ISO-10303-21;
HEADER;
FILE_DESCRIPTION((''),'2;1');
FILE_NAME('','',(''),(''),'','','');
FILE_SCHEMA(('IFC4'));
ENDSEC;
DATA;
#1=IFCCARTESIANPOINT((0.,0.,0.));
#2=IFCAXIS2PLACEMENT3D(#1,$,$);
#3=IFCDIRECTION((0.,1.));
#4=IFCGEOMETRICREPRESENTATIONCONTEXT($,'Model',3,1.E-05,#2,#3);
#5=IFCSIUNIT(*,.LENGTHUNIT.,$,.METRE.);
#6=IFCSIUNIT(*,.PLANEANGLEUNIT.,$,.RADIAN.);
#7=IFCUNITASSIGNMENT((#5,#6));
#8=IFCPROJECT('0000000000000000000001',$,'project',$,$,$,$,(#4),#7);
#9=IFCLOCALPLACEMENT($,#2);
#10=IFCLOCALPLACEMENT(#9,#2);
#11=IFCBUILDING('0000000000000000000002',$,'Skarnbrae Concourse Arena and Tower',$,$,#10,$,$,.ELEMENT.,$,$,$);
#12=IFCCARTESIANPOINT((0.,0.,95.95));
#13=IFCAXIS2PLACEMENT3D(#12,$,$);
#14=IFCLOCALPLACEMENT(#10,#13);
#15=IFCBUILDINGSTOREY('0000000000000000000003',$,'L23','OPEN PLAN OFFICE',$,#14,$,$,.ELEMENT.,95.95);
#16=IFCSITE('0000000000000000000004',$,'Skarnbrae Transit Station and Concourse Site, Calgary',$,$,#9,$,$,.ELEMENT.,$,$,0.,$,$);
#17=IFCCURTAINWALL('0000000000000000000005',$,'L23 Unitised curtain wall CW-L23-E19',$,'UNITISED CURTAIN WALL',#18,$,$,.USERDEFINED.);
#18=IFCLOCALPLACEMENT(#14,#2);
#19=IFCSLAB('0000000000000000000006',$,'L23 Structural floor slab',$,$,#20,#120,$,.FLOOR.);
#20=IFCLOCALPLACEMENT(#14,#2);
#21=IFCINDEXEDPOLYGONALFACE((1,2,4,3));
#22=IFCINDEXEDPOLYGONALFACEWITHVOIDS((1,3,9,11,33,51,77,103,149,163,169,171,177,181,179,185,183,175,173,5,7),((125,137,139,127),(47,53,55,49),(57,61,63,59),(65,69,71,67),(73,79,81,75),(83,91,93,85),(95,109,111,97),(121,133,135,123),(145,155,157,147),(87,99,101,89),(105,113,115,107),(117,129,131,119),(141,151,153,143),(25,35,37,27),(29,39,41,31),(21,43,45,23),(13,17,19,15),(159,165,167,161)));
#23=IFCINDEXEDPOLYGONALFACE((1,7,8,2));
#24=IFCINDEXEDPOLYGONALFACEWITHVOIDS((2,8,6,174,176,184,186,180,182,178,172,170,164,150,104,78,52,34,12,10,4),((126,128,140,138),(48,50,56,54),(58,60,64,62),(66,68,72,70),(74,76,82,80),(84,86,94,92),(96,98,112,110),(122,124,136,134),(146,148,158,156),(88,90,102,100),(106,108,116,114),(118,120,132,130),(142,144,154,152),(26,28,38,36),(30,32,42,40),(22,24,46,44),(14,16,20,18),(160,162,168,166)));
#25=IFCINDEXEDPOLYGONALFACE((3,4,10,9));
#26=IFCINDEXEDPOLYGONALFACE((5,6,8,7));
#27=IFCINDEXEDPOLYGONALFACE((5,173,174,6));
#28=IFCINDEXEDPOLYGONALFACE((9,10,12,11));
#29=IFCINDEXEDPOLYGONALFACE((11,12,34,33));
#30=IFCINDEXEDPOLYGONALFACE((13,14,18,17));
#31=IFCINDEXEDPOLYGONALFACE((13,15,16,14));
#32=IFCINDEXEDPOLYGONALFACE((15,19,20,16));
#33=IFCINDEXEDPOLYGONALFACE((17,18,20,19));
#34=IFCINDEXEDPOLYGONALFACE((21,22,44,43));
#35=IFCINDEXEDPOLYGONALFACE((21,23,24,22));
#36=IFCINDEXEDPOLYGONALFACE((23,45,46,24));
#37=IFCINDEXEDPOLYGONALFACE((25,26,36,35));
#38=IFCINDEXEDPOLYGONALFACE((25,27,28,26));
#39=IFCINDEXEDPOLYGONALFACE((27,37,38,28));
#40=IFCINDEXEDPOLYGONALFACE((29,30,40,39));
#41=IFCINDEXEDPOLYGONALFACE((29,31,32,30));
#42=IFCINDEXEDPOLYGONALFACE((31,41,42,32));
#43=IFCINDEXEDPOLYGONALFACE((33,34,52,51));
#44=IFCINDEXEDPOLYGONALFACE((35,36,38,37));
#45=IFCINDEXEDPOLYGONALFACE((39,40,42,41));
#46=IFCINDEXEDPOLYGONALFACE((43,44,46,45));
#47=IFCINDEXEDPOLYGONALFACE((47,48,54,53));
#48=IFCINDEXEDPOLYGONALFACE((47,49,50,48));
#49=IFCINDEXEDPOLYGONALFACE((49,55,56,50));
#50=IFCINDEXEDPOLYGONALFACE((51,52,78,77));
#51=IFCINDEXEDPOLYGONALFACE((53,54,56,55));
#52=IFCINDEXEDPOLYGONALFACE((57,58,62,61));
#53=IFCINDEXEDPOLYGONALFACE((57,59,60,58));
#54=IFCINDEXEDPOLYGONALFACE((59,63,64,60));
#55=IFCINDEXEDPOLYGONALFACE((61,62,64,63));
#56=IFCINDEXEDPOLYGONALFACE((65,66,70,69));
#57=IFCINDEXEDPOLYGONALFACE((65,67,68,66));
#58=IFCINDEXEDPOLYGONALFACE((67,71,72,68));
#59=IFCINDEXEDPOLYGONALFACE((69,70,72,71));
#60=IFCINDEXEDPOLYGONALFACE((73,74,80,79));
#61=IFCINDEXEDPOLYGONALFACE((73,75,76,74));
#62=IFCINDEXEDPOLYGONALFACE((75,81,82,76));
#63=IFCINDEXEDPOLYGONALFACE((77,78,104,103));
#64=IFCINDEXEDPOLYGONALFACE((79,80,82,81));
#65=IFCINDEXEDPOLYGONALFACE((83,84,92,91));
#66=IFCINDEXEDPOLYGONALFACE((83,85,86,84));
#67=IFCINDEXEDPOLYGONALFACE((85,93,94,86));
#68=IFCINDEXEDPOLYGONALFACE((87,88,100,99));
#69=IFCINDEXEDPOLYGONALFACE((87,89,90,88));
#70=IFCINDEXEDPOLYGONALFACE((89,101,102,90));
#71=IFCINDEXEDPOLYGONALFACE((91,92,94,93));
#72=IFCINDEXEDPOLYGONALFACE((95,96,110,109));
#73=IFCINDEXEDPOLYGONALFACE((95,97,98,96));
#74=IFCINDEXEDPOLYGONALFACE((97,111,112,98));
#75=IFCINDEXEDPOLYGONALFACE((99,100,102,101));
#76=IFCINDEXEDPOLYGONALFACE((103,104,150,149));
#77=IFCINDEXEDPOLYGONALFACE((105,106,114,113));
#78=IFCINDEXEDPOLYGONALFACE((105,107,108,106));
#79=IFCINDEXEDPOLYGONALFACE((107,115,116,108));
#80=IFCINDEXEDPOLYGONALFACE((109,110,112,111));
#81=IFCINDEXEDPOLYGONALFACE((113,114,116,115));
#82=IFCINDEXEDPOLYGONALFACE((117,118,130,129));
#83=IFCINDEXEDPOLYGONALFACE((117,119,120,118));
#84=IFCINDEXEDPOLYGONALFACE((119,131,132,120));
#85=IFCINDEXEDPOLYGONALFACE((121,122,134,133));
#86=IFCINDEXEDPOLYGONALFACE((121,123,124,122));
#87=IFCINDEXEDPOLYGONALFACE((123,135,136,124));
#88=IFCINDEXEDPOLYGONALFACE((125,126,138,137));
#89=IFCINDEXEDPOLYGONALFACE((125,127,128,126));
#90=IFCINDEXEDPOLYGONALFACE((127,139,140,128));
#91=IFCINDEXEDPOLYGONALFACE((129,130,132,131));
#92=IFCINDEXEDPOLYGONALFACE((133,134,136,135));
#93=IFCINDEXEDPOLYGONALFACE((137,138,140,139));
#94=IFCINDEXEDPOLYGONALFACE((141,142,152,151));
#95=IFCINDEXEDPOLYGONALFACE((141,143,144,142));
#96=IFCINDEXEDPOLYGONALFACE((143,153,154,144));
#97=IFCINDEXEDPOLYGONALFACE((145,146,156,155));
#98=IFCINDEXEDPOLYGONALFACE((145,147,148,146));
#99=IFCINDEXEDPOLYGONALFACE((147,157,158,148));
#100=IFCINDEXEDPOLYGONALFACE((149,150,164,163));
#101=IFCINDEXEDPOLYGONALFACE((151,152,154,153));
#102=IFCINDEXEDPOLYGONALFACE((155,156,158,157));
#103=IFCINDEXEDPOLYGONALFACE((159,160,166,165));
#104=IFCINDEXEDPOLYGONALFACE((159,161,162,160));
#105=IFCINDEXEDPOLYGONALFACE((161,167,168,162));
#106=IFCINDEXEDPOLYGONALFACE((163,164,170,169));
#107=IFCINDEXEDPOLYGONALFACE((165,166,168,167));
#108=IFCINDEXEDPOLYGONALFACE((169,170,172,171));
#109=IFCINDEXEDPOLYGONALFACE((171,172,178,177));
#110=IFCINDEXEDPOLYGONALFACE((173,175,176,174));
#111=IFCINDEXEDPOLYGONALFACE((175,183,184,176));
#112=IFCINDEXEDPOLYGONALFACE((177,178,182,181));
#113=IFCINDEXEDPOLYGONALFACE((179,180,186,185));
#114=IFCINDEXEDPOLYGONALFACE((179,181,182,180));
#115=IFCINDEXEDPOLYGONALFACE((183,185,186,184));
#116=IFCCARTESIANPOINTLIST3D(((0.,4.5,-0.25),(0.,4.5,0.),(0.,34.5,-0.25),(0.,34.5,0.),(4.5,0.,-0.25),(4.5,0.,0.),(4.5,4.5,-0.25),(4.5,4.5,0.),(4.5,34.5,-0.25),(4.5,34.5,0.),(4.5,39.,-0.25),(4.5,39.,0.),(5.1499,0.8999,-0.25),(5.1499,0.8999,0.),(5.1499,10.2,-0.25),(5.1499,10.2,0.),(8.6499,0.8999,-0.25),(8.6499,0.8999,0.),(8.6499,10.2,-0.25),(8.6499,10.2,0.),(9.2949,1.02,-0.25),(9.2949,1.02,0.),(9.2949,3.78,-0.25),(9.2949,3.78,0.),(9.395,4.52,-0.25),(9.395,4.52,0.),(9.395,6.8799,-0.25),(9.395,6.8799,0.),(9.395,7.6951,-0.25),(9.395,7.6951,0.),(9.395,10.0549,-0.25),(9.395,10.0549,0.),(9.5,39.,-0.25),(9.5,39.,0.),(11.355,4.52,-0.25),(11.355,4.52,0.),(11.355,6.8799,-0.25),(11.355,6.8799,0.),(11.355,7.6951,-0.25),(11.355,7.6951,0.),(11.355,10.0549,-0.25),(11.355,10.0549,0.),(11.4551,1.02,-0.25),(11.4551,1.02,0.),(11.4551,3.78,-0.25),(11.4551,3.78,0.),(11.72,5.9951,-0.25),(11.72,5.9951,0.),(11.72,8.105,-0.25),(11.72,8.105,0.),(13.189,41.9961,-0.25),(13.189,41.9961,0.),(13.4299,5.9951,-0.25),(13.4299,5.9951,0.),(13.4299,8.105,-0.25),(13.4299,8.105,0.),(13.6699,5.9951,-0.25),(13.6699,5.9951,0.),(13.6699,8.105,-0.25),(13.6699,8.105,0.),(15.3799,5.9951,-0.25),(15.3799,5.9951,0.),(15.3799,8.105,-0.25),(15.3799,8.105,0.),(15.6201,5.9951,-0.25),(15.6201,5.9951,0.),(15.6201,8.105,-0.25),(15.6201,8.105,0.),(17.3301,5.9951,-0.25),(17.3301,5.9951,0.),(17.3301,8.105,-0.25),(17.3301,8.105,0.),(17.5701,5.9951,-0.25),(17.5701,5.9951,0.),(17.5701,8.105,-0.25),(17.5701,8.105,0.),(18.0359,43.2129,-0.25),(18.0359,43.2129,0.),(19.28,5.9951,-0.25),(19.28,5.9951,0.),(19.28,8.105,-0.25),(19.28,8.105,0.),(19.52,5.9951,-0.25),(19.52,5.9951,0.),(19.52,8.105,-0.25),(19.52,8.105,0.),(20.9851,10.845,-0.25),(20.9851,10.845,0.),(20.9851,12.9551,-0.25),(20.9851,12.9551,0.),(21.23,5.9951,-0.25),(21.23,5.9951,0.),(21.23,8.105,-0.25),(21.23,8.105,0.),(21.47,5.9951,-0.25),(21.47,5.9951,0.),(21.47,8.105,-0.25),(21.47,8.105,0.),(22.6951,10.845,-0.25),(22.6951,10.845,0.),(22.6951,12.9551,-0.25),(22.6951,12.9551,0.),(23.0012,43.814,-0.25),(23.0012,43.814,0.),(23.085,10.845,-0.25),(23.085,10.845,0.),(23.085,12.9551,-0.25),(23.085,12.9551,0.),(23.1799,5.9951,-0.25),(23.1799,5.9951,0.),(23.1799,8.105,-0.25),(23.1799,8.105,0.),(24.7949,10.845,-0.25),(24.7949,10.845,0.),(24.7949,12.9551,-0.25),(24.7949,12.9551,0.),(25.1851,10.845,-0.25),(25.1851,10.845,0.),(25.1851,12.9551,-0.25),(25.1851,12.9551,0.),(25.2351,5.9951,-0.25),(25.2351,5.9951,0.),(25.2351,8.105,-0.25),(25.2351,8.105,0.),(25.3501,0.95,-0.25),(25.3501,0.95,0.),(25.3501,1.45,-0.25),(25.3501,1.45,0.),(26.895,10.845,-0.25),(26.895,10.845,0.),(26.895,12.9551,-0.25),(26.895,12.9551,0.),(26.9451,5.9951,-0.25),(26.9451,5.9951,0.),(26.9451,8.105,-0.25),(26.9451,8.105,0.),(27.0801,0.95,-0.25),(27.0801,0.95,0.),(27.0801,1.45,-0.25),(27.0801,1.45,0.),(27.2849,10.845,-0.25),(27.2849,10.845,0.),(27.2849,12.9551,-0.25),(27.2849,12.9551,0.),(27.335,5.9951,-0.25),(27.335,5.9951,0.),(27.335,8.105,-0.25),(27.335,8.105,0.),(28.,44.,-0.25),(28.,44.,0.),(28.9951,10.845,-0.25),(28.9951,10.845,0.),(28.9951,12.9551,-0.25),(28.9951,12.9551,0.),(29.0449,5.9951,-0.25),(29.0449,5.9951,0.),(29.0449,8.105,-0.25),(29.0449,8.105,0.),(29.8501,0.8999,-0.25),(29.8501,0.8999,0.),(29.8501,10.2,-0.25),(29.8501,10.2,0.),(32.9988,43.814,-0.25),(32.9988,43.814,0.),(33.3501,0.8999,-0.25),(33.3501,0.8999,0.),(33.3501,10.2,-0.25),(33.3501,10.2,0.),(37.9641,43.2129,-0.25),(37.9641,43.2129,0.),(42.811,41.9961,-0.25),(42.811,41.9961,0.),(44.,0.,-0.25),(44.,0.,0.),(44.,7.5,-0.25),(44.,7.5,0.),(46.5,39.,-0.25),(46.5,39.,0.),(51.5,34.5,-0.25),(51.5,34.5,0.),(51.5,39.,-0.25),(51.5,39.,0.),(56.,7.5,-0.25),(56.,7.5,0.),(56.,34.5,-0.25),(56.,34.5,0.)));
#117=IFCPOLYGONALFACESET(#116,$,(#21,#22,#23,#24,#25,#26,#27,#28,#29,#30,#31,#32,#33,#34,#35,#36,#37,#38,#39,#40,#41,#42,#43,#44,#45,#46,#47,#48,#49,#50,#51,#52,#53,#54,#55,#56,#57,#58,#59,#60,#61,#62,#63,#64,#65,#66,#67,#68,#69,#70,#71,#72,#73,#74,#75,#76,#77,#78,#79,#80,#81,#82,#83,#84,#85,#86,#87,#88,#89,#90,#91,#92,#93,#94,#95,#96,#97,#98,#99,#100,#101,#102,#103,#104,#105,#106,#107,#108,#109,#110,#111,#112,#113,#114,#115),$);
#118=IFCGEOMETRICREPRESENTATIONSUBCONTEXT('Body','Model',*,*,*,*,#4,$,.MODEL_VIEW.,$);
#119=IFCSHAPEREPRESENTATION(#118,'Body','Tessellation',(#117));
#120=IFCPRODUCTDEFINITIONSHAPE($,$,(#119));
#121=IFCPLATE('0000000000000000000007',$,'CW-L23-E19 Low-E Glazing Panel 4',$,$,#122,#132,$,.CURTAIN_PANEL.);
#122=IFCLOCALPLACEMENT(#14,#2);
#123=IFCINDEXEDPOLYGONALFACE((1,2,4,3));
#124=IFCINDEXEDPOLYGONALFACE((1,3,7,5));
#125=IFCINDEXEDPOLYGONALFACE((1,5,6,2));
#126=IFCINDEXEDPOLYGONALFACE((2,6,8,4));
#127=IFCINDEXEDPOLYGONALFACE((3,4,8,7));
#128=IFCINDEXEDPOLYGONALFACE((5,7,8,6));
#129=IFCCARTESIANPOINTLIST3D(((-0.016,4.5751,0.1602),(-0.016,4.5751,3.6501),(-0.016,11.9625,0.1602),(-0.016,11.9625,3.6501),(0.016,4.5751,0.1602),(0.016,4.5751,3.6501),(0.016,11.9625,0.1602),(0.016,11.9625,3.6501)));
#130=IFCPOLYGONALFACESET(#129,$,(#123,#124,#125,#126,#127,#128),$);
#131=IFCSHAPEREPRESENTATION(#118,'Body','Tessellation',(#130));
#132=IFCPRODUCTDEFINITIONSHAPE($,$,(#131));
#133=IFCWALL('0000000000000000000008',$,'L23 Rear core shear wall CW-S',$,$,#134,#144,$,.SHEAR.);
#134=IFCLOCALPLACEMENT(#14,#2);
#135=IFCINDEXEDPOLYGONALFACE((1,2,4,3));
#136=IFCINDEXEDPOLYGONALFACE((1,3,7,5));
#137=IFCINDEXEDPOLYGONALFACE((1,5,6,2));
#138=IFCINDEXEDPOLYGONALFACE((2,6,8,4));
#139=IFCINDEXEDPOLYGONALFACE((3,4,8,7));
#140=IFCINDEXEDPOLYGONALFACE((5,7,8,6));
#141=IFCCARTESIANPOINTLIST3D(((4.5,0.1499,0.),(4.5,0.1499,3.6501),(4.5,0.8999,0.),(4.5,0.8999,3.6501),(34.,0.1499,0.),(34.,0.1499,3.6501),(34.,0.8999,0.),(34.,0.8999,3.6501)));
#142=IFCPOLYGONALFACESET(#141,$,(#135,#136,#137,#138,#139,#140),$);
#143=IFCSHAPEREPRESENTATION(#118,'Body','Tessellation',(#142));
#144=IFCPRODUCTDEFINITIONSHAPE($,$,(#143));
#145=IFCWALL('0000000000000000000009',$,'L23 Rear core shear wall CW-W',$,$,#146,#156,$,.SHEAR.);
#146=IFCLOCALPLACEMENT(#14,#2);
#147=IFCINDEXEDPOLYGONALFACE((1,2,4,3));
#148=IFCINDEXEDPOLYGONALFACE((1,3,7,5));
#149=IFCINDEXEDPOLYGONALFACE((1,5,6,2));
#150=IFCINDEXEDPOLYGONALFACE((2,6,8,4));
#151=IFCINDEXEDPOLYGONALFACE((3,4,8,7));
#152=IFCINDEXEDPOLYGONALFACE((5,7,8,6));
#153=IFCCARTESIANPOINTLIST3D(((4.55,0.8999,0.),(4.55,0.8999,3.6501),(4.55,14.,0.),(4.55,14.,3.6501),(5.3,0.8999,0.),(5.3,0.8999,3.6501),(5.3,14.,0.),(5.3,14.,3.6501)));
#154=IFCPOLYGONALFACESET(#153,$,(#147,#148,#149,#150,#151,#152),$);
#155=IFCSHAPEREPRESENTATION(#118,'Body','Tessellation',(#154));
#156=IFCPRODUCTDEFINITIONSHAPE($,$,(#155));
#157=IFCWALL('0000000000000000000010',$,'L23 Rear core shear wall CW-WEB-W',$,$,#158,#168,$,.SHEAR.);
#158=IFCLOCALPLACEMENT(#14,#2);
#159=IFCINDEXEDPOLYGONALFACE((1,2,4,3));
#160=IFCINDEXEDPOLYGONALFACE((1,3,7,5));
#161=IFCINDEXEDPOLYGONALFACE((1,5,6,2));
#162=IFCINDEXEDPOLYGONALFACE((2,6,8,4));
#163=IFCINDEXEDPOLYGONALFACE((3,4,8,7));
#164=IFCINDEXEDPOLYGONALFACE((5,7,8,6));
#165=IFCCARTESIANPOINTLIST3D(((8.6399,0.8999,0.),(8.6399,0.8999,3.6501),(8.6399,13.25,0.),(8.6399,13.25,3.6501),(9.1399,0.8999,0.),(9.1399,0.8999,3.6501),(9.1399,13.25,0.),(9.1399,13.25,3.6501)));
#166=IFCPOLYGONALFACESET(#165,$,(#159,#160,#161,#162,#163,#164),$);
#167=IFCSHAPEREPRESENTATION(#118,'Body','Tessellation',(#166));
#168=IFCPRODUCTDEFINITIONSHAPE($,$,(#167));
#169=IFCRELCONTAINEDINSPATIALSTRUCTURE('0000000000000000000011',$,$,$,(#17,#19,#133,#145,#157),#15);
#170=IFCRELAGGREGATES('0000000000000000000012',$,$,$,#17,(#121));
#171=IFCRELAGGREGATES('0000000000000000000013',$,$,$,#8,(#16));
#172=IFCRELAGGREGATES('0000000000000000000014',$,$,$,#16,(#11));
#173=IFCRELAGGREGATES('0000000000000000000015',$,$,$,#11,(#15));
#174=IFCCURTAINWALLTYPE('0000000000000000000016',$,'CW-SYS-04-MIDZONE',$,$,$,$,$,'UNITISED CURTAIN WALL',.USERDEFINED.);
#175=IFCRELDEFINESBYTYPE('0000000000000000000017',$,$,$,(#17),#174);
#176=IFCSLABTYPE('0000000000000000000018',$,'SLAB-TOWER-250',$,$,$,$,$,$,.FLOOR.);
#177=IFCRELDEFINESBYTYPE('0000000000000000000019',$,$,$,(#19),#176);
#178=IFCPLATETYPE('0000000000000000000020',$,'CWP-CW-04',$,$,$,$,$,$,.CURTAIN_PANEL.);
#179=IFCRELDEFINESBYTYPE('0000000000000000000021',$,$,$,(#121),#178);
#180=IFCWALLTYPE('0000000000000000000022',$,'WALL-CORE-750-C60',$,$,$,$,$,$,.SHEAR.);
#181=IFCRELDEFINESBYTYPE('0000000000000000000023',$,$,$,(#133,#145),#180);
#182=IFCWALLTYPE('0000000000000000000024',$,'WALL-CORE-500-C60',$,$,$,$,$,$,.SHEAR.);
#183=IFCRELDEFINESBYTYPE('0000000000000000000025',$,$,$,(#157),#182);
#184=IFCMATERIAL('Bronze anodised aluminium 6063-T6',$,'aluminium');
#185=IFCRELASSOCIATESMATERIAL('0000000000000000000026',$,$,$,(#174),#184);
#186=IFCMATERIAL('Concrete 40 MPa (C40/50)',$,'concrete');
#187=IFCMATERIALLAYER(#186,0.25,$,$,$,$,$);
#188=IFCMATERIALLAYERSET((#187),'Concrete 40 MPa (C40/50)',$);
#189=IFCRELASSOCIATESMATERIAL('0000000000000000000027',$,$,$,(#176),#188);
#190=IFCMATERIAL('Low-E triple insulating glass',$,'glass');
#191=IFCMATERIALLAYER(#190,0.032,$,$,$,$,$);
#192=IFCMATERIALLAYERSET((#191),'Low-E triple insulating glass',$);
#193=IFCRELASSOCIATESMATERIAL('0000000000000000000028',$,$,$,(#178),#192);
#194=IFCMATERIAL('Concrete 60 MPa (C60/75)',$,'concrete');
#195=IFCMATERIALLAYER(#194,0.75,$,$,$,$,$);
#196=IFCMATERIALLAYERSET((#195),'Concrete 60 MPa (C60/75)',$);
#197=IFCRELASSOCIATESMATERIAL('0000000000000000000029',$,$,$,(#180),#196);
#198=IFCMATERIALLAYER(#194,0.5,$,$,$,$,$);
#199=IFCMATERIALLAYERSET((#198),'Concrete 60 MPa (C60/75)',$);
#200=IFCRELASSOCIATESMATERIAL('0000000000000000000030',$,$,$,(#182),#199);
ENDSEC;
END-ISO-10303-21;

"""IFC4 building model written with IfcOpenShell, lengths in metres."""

from ifc_helpers import new_model, si_unit, direction, frame, frame_2d, origin, origin_2d, place, context, subcontext, project, spatial, polyline, rectangle, outline, extrude, source, transform, mapped, material, layer, layer_set, type_object, element, aggregate, save


model = new_model("IFC4")

# Units and contexts
model_context = context("Model", 3, precision=1e-05, world=origin(), true_north=direction((0.0, 1.0)))
body_context = subcontext(model_context, "Body", "Model", "MODEL_VIEW")
ifc_project = project(units=[si_unit("LENGTHUNIT", "METRE"), si_unit("PLANEANGLEUNIT", "RADIAN")], contexts=[model_context])

# Site, building, storey
site_placement = place(None, origin())
site = spatial("IfcSite", under=ifc_project, at=site_placement, Name="Skarnbrae Transit Station and Concourse Site, Calgary", CompositionType="ELEMENT", RefElevation=0.0)
building_placement = place(site_placement, origin())
building = spatial("IfcBuilding", under=site, at=building_placement, Name="Skarnbrae Concourse Arena and Tower", CompositionType="ELEMENT")
storey_placement = place(building_placement, frame((0.0, 0.0, 95.95)))
storey = spatial("IfcBuildingStorey", under=building, at=storey_placement, Name="L23", Description="OPEN PLAN OFFICE", CompositionType="ELEMENT", Elevation=95.95)

# Curtain wall
ifc_material_1 = material(Name="Bronze anodised aluminium 6063-T6", Category="aluminium")
curtain_wall_type = type_object("IfcCurtainWallType", Name="CW-SYS-04-MIDZONE", ElementType="UNITISED CURTAIN WALL", PredefinedType="USERDEFINED", material=ifc_material_1)
curtain_wall_placement = place(storey_placement, origin())
curtain_wall = element("IfcCurtainWall", 1, at=curtain_wall_placement, inside=storey, type_object=curtain_wall_type, Name="L23 Unitised curtain wall CW-L23-E19", ObjectType="UNITISED CURTAIN WALL", PredefinedType="USERDEFINED")

# Shared definitions
ifc_material_2 = material(Name="Concrete 40 MPa (C40/50)", Category="concrete")

# Slab
ifc_layer_1 = layer(ifc_material_2, 0.25)
ifc_layer_set_1 = layer_set([ifc_layer_1], Name="Concrete 40 MPa (C40/50)")
slab_type_1 = type_object("IfcSlabType", Name="SLAB-TOWER-250", PredefinedType="FLOOR", material=ifc_layer_set_1)
slab_1_placement = place(storey_placement, frame((0.0, 0.0, -0.25)))
element("IfcSlab", 2, at=slab_1_placement, inside=storey, type_object=slab_type_1, Name="L23 Structural floor slab", PredefinedType="FLOOR", context=body_context, shape_type="SweptSolid", body=[
    extrude(outline(polyline([(4.5, 0.0), (44.0, 0.0), (44.0, 7.5), (56.0, 7.5), (56.0, 34.5), (51.5, 34.5), (51.5, 39.0), (46.5, 39.0), (42.811, 41.9961), (37.9641, 43.2129), (32.9988, 43.814), (28.0, 44.0), (23.0012, 43.814), (18.0359, 43.2129), (13.189, 41.9961), (9.5, 39.0), (4.5, 39.0), (4.5, 34.5), (0.0, 34.5), (0.0, 4.5), (4.5, 4.5), (4.5, 0.0)]), holes=[polyline([(9.2949, 3.78), (11.4551, 3.78), (11.4551, 1.02), (9.2949, 1.02), (9.2949, 3.78)]), polyline([(8.6499, 10.2), (8.6499, 0.8999), (5.1499, 0.8999), (5.1499, 10.2), (8.6499, 10.2)]), polyline([(9.395, 6.8799), (11.355, 6.8799), (11.355, 4.52), (9.395, 4.52), (9.395, 6.8799)]), polyline([(11.72, 8.105), (13.4299, 8.105), (13.4299, 5.9951), (11.72, 5.9951), (11.72, 8.105)]), polyline([(13.6699, 8.105), (15.3799, 8.105), (15.3799, 5.9951), (13.6699, 5.9951), (13.6699, 8.105)]), polyline([(15.6201, 8.105), (17.3301, 8.105), (17.3301, 5.9951), (15.6201, 5.9951), (15.6201, 8.105)]), polyline([(17.5701, 8.105), (19.28, 8.105), (19.28, 5.9951), (17.5701, 5.9951), (17.5701, 8.105)]), polyline([(21.23, 8.105), (21.23, 5.9951), (19.52, 5.9951), (19.52, 8.105), (21.23, 8.105)]), polyline([(11.355, 10.0549), (11.355, 7.6951), (9.395, 7.6951), (9.395, 10.0549), (11.355, 10.0549)]), polyline([(25.3501, 1.45), (27.0801, 1.45), (27.0801, 0.95), (25.3501, 0.95), (25.3501, 1.45)]), polyline([(33.3501, 10.2), (33.3501, 0.8999), (29.8501, 0.8999), (29.8501, 10.2), (33.3501, 10.2)]), polyline([(21.47, 8.105), (23.1799, 8.105), (23.1799, 5.9951), (21.47, 5.9951), (21.47, 8.105)]), polyline([(25.2351, 8.105), (26.9451, 8.105), (26.9451, 5.9951), (25.2351, 5.9951), (25.2351, 8.105)]), polyline([(27.335, 8.105), (29.0449, 8.105), (29.0449, 5.9951), (27.335, 5.9951), (27.335, 8.105)]), polyline([(20.9851, 12.9551), (22.6951, 12.9551), (22.6951, 10.845), (20.9851, 10.845), (20.9851, 12.9551)]), polyline([(23.085, 12.9551), (24.7949, 12.9551), (24.7949, 10.845), (23.085, 10.845), (23.085, 12.9551)]), polyline([(26.895, 12.9551), (26.895, 10.845), (25.1851, 10.845), (25.1851, 12.9551), (26.895, 12.9551)]), polyline([(28.9951, 12.9551), (28.9951, 10.845), (27.2849, 10.845), (27.2849, 12.9551), (28.9951, 12.9551)])]), origin(), (0.0, 0.0, 1.0), 0.25),
])

# Plate
ifc_material_3 = material(Name="Low-E triple insulating glass", Category="glass")
ifc_layer_2 = layer(ifc_material_3, 0.032)
ifc_layer_set_2 = layer_set([ifc_layer_2], Name="Low-E triple insulating glass")
plate_type = type_object("IfcPlateType", Name="CWP-CW-04", PredefinedType="CURTAIN_PANEL", material=ifc_layer_set_2)
shared_shape_1 = source(origin(), body_context, "Body", "SweptSolid", [
    extrude(rectangle(XDim=7.3875, YDim=0.032, at=origin_2d()), origin(), (0.0, 0.0, 1.0), 3.49),
])
plate_placement = place(storey_placement, frame((0.0, 8.2688, 0.1602), z_axis=(0.0, 0.0, 1.0), x_axis=(0.0, -1.0, 0.0)))
plate = element("IfcPlate", 3, at=plate_placement, type_object=plate_type, Name="CW-L23-E19 Low-E Glazing Panel 4", PredefinedType="CURTAIN_PANEL", context=body_context, shape_type="MappedRepresentation", body=[
    mapped(shared_shape_1, transform((0.0, 0.0, 0.0))),
])
aggregate(curtain_wall, [plate])

# Walls
ifc_material_4 = material(Name="Concrete 60 MPa (C60/75)", Category="concrete")
ifc_layer_3 = layer(ifc_material_4, 0.75)
ifc_layer_set_3 = layer_set([ifc_layer_3], Name="Concrete 60 MPa (C60/75)")
wall_type_1 = type_object("IfcWallType", Name="WALL-CORE-750-C60", PredefinedType="SHEAR", material=ifc_layer_set_3)
shared_shape_2 = source(origin(), body_context, "Body", "SweptSolid", [
    extrude(rectangle(XDim=29.5, YDim=0.75, at=frame_2d((14.75, 0.0))), origin(), (0.0, 0.0, 1.0), 3.6501),
])
wall_1_placement = place(storey_placement, frame((4.5, 0.5249, 0.0), z_axis=(0.0, 0.0, 1.0), x_axis=(1.0, 0.0, 0.0)))
element("IfcWall", 4, at=wall_1_placement, inside=storey, type_object=wall_type_1, Name="L23 Rear core shear wall CW-S", PredefinedType="SHEAR", context=body_context, shape_type="MappedRepresentation", body=[
    mapped(shared_shape_2, transform((0.0, 0.0, 0.0))),
])
shared_shape_3 = source(origin(), body_context, "Body", "SweptSolid", [
    extrude(rectangle(XDim=13.1001, YDim=0.75, at=frame_2d((6.55, 0.0))), origin(), (0.0, 0.0, 1.0), 3.6501),
])
wall_2_placement = place(storey_placement, frame((4.925, 0.8999, 0.0), z_axis=(0.0, 0.0, 1.0), x_axis=(0.0, 1.0, 0.0)))
element("IfcWall", 5, at=wall_2_placement, inside=storey, type_object=wall_type_1, Name="L23 Rear core shear wall CW-W", PredefinedType="SHEAR", context=body_context, shape_type="MappedRepresentation", body=[
    mapped(shared_shape_3, transform((0.0, 0.0, 0.0))),
])
ifc_layer_4 = layer(ifc_material_4, 0.5)
ifc_layer_set_4 = layer_set([ifc_layer_4], Name="Concrete 60 MPa (C60/75)")
wall_type_2 = type_object("IfcWallType", Name="WALL-CORE-500-C60", PredefinedType="SHEAR", material=ifc_layer_set_4)
shared_shape_4 = source(origin(), body_context, "Body", "SweptSolid", [
    extrude(rectangle(XDim=12.3501, YDim=0.5, at=frame_2d((6.175, 0.0))), origin(), (0.0, 0.0, 1.0), 3.6501),
])
wall_3_placement = place(storey_placement, frame((8.8899, 0.8999, 0.0), z_axis=(0.0, 0.0, 1.0), x_axis=(0.0, 1.0, 0.0)))
element("IfcWall", 6, at=wall_3_placement, inside=storey, type_object=wall_type_2, Name="L23 Rear core shear wall CW-WEB-W", PredefinedType="SHEAR", context=body_context, shape_type="MappedRepresentation", body=[
    mapped(shared_shape_4, transform((0.0, 0.0, 0.0))),
])

save(model, "model.ifc")
